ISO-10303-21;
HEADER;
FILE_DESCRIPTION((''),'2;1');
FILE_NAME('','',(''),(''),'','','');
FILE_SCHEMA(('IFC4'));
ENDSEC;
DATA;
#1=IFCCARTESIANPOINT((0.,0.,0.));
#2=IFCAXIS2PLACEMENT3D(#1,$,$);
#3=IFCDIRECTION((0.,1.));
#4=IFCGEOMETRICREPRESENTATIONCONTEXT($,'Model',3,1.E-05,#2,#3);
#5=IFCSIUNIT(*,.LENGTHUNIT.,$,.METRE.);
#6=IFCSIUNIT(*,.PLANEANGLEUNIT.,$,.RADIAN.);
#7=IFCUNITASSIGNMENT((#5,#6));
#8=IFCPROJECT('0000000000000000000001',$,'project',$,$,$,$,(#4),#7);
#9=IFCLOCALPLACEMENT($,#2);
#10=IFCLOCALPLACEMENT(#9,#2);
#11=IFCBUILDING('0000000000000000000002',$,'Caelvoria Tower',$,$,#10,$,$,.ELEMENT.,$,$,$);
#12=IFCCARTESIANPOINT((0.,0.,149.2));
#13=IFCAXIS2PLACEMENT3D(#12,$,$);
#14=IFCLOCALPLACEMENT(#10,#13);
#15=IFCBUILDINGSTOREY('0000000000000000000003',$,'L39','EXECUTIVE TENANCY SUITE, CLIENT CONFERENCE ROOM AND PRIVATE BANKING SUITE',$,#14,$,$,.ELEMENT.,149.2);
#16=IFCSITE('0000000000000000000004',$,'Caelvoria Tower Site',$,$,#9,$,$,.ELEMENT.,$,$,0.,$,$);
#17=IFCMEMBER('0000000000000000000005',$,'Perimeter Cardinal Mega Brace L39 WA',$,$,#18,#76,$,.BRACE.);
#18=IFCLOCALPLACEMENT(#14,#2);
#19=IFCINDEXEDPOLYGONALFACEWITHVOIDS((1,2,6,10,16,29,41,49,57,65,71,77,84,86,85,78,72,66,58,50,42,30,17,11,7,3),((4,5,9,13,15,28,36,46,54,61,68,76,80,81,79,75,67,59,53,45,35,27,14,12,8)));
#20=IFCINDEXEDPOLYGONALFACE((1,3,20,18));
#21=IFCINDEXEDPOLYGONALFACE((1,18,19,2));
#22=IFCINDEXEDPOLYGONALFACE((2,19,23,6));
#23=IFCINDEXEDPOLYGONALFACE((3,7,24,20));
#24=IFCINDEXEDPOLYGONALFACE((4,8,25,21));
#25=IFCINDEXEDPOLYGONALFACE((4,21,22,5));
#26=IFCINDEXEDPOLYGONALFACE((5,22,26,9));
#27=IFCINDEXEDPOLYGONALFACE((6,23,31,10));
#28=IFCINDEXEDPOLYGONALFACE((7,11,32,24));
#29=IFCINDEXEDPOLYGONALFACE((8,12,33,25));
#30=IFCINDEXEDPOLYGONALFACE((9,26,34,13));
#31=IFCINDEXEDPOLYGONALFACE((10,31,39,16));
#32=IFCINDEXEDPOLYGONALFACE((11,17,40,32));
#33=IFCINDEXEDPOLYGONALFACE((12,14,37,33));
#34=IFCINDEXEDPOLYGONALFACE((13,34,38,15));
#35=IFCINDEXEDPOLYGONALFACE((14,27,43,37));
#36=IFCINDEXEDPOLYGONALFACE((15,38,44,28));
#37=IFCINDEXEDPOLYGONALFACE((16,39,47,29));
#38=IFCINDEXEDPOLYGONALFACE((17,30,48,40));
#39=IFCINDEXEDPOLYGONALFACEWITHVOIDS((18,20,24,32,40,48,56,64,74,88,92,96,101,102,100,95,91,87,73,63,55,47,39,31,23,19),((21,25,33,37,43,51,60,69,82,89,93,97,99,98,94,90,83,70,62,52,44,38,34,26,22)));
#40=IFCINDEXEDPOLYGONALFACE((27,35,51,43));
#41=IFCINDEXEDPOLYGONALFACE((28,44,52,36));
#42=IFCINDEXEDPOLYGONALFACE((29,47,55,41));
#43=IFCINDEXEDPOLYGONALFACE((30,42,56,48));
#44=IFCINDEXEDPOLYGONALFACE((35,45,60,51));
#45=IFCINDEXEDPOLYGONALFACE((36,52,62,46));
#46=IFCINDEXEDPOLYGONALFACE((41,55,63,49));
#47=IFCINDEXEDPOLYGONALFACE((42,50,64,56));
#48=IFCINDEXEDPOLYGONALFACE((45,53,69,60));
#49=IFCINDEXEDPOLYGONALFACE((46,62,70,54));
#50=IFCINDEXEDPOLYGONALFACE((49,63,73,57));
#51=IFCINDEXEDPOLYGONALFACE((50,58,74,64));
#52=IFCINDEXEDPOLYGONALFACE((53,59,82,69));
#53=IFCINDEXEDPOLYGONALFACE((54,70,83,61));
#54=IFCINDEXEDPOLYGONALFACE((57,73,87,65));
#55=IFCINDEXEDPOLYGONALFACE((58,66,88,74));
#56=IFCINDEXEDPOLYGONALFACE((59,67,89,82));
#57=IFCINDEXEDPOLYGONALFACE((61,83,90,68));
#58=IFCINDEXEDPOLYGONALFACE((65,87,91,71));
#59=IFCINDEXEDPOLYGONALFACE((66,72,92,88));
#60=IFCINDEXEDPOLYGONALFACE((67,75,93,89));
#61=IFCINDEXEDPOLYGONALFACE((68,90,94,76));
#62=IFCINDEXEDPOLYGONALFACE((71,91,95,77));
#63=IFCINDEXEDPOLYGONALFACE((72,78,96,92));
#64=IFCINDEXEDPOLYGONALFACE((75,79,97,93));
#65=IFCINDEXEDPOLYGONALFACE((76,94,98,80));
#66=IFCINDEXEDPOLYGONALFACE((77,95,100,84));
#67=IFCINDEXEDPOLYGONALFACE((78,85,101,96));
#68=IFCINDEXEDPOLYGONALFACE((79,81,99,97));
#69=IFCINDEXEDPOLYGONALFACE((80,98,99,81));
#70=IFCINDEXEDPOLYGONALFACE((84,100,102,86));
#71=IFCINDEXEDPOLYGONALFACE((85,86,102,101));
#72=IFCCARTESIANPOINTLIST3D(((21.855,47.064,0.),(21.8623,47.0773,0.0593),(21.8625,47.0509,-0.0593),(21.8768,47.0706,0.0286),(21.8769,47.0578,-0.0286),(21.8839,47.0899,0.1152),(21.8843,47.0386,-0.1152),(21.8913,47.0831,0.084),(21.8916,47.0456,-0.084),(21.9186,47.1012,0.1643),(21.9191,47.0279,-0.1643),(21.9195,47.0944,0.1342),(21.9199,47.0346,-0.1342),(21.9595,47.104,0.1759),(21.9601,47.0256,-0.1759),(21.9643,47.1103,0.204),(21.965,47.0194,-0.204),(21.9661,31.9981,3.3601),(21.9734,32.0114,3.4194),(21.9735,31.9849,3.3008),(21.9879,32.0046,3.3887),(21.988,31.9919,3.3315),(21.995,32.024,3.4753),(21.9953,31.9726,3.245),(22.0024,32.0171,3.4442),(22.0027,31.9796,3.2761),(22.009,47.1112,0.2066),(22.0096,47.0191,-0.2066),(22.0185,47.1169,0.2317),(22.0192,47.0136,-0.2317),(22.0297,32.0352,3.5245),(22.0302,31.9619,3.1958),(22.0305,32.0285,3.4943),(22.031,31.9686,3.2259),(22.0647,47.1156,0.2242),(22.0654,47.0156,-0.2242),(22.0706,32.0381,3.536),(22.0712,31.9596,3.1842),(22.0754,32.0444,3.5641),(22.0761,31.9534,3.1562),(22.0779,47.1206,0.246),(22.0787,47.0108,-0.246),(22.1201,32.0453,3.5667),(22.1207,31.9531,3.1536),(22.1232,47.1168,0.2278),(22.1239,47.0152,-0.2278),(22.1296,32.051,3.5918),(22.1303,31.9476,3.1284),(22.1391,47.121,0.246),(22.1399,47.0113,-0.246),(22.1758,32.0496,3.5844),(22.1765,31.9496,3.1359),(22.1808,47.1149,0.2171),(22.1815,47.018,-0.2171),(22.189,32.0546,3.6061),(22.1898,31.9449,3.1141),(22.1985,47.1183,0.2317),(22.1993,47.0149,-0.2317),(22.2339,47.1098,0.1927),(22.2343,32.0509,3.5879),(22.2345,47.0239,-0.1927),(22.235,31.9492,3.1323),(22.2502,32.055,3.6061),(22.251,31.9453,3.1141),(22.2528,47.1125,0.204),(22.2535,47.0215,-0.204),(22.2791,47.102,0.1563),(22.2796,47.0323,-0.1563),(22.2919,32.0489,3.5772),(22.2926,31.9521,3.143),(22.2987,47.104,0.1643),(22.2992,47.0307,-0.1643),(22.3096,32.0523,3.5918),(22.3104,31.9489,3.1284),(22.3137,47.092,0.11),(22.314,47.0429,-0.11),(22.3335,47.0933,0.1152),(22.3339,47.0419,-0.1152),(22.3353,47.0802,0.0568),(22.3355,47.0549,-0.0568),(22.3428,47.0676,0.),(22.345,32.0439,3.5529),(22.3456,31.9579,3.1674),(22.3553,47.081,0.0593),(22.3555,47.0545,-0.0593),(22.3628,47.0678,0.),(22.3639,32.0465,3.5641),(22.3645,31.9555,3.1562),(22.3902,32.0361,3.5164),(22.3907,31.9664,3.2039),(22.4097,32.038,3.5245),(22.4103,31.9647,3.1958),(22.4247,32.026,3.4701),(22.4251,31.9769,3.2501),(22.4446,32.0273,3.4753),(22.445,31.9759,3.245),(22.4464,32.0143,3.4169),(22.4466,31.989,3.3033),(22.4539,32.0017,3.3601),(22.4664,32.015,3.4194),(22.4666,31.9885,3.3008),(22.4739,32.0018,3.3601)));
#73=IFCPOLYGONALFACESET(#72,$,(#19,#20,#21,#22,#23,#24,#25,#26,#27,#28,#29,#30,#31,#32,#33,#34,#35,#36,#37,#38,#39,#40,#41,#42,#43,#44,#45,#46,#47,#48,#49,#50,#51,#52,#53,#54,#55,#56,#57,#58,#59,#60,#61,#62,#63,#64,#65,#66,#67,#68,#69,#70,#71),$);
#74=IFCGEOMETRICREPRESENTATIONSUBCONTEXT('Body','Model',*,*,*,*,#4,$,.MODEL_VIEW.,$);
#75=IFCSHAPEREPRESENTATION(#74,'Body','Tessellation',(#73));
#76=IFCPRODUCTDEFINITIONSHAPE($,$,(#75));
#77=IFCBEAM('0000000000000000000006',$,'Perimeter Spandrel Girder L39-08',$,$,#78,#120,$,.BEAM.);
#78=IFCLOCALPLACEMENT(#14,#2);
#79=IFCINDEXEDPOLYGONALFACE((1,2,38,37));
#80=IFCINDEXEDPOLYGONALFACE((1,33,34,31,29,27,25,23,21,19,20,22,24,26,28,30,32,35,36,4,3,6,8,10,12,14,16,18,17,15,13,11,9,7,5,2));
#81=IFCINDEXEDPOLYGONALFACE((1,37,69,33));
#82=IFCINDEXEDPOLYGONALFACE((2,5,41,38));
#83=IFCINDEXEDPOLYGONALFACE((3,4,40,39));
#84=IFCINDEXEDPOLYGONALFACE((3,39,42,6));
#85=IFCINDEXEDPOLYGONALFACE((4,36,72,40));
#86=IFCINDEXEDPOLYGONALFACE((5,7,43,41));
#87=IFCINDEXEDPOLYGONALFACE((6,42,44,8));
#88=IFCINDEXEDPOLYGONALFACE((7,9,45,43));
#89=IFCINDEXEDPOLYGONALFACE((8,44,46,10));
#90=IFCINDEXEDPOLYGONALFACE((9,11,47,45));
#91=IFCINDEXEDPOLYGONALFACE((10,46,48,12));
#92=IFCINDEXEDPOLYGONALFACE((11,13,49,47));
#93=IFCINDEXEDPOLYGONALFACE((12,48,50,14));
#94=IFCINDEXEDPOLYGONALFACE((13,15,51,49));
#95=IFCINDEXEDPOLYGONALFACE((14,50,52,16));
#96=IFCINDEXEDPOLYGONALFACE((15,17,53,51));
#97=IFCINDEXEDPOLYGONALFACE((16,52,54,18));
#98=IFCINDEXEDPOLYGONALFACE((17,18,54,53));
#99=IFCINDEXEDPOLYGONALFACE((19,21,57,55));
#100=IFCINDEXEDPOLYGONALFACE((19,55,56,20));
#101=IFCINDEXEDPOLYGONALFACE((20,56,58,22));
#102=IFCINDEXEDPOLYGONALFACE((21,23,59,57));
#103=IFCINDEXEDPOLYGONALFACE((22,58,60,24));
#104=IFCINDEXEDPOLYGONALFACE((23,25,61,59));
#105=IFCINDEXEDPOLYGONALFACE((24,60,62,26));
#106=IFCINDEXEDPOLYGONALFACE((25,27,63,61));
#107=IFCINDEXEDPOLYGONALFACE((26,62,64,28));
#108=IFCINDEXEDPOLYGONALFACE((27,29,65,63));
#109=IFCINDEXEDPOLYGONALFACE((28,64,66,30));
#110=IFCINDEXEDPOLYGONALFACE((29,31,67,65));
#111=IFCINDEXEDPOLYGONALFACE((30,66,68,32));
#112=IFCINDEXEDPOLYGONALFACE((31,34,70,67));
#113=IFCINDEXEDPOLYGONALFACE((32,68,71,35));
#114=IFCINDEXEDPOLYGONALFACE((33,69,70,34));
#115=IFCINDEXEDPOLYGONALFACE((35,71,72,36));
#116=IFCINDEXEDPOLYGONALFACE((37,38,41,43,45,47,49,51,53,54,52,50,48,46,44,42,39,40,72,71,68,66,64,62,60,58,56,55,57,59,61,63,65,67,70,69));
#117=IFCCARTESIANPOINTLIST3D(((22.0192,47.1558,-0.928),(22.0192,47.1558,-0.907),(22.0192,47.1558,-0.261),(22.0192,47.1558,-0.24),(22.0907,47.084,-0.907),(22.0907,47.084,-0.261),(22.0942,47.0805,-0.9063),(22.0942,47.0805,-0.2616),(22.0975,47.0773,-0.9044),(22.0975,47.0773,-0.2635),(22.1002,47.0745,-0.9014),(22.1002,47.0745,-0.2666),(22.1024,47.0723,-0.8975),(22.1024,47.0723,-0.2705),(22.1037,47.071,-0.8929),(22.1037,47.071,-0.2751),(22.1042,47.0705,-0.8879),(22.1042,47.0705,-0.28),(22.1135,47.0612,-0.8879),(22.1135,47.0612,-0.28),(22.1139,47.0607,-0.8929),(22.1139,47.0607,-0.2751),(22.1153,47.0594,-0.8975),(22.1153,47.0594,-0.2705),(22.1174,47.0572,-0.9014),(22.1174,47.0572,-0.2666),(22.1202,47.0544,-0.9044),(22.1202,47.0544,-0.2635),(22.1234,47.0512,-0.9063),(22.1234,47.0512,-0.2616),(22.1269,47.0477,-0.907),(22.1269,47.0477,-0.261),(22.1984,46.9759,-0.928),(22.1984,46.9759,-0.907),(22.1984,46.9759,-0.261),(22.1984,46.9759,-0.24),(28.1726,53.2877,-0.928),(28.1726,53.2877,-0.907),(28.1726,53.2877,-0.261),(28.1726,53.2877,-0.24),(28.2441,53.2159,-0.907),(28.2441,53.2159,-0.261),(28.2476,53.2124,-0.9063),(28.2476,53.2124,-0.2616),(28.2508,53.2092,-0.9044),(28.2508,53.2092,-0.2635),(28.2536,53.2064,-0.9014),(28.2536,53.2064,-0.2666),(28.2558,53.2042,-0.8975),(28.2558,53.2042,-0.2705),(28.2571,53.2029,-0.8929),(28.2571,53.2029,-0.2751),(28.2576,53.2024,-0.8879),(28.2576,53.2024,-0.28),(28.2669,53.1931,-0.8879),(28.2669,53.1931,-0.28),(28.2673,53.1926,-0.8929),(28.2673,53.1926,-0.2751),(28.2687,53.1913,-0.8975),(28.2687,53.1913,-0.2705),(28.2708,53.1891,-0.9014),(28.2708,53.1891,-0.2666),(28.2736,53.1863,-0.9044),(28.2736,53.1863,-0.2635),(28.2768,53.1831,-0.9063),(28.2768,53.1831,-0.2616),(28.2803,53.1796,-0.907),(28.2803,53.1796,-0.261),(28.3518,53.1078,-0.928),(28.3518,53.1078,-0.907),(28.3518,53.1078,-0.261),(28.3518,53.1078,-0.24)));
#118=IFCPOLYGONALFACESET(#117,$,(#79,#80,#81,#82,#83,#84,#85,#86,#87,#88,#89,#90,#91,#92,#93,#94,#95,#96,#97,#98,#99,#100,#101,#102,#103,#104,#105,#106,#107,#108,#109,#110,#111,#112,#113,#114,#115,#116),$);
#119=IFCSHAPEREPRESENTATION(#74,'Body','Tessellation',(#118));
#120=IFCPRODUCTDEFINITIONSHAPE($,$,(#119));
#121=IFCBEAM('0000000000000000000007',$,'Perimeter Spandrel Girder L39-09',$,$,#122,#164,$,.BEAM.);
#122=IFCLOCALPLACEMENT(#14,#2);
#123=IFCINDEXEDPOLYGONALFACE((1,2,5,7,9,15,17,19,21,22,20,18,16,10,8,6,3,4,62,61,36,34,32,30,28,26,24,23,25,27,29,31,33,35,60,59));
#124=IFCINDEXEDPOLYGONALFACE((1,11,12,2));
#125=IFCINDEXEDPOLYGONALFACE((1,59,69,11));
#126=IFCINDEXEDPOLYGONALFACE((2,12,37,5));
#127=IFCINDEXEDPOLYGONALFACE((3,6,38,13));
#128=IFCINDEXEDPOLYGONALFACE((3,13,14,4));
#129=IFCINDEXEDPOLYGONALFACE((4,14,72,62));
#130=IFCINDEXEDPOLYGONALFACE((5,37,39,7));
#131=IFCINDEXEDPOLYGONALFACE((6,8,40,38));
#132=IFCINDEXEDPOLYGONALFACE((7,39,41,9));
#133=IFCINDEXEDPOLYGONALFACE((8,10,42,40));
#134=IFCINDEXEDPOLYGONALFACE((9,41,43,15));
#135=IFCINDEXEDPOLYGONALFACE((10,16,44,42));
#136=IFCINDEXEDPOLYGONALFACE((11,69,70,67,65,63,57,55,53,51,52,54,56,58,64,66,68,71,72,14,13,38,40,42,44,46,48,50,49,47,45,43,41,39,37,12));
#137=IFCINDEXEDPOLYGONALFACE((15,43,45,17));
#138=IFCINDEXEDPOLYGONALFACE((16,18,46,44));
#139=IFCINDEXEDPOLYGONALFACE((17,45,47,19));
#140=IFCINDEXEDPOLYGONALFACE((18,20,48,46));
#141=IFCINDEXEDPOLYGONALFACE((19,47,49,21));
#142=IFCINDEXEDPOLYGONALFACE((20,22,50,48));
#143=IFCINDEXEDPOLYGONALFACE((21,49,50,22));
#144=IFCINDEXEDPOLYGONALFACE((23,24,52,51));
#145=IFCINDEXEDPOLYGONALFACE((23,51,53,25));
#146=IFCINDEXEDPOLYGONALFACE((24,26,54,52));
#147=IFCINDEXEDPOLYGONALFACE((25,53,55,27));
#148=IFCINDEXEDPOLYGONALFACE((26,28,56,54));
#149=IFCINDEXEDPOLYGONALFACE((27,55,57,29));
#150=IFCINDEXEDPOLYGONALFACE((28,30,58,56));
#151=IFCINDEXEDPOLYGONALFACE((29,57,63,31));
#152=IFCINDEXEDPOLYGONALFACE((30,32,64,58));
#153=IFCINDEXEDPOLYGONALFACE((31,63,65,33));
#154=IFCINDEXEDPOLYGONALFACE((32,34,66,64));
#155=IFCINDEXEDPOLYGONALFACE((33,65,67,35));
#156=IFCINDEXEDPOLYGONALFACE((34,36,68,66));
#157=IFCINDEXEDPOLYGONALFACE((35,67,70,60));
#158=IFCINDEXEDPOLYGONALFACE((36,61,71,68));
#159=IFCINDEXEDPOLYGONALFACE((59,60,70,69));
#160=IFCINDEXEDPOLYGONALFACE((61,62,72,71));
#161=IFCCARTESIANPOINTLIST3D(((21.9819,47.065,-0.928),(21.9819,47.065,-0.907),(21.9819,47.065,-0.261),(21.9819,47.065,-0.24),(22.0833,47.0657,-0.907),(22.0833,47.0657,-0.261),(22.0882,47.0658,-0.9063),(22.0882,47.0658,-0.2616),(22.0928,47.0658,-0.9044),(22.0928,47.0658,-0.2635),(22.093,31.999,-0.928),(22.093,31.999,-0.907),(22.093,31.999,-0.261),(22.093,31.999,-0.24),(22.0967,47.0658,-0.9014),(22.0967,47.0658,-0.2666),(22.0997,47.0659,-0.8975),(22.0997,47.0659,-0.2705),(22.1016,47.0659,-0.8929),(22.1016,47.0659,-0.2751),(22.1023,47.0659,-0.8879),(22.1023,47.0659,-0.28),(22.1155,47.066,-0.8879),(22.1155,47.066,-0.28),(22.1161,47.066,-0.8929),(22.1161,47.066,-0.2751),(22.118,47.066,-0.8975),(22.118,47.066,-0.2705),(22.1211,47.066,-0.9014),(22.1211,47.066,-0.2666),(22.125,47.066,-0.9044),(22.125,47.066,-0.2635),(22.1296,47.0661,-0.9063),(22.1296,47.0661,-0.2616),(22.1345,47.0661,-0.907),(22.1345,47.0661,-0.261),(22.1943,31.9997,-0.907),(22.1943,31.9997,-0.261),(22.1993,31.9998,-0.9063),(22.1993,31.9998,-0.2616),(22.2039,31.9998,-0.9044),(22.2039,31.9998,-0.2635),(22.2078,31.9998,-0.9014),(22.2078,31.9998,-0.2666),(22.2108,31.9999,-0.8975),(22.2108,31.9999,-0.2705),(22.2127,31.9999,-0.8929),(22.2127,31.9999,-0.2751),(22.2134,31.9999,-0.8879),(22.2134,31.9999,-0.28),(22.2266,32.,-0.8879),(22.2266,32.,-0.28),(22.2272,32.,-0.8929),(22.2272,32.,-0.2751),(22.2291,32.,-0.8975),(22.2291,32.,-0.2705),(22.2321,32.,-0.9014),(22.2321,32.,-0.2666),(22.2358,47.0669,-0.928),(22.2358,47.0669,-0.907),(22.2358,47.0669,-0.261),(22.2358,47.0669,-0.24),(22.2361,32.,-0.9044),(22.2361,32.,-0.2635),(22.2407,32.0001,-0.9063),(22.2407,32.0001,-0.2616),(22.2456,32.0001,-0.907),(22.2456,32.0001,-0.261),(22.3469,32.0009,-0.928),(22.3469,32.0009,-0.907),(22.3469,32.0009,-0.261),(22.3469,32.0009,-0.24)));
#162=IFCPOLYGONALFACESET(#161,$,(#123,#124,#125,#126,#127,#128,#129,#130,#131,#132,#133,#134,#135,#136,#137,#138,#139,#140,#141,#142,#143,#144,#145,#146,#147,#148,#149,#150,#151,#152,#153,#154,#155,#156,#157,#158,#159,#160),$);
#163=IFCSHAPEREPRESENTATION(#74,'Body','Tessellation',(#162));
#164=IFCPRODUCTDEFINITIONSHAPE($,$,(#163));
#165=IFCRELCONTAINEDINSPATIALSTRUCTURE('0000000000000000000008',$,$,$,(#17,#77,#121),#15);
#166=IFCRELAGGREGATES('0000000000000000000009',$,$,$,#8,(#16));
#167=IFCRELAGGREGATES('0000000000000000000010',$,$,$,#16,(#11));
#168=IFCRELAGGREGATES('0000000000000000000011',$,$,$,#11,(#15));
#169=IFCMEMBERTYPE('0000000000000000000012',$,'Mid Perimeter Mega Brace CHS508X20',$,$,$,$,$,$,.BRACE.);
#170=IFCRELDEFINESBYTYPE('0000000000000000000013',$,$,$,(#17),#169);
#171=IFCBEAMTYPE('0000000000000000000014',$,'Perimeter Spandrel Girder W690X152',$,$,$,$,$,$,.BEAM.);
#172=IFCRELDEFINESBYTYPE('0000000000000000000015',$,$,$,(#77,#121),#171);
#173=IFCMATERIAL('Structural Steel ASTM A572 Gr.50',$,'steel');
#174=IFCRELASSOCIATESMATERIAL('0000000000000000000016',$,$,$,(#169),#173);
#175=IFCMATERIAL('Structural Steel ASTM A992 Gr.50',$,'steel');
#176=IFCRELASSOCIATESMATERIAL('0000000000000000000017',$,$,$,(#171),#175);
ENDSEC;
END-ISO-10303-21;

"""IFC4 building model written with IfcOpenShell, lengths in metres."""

from ifc_helpers import new_model, si_unit, direction, frame, origin, origin_2d, place, context, subcontext, project, spatial, hollow_circle, i_section, extrude, material, material_profile, profile_set, type_object, element, save


model = new_model("IFC4")

# Units and contexts
model_context = context("Model", 3, precision=1e-05, world=origin(), true_north=direction((0.0, 1.0)))
body_context = subcontext(model_context, "Body", "Model", "MODEL_VIEW")
ifc_project = project(units=[si_unit("LENGTHUNIT", "METRE"), si_unit("PLANEANGLEUNIT", "RADIAN")], contexts=[model_context])

# Site, building, storey
site_placement = place(None, origin())
site = spatial("IfcSite", under=ifc_project, at=site_placement, Name="Caelvoria Tower Site", CompositionType="ELEMENT", RefElevation=0.0)
building_placement = place(site_placement, origin())
building = spatial("IfcBuilding", under=site, at=building_placement, Name="Caelvoria Tower", CompositionType="ELEMENT")
storey_placement = place(building_placement, frame((0.0, 0.0, 149.2)))
storey = spatial("IfcBuildingStorey", under=building, at=storey_placement, Name="L39", Description="EXECUTIVE TENANCY SUITE, CLIENT CONFERENCE ROOM AND PRIVATE BANKING SUITE", CompositionType="ELEMENT", Elevation=149.2)

# Shared definitions
ifc_material_1 = material(Name="Structural Steel ASTM A572 Gr.50", Category="steel")

# Member
ifc_material_profile_1 = material_profile(ifc_material_1, hollow_circle(Radius=0.2539, WallThickness=0.02, at=origin_2d()), Name="Structural Steel ASTM A572 Gr.50")
ifc_profile_set_1 = profile_set([ifc_material_profile_1], Name="CHS508X20 - Structural Steel ASTM A572 Gr.50")
member_type = type_object("IfcMemberType", Name="Mid Perimeter Mega Brace CHS508X20", PredefinedType="BRACE", material=ifc_profile_set_1)
member_1_placement = place(storey_placement, frame((22.1089, 47.0659, 0.0), z_axis=(0.007196, -0.975995, 0.217673), x_axis=(0.999973, 0.007373, 0.0)))
element("IfcMember", 1, at=member_1_placement, inside=storey, type_object=member_type, Name="Perimeter Cardinal Mega Brace L39 WA", PredefinedType="BRACE", context=body_context, shape_type="SweptSolid", body=[
    extrude(hollow_circle(Radius=0.2539, WallThickness=0.02, at=origin_2d()), origin(), (0.0, 0.0, 1.0), 15.4365),
])

# Beams
ifc_material_2 = material(Name="Structural Steel ASTM A992 Gr.50", Category="steel")
ifc_material_profile_2 = material_profile(ifc_material_2, i_section(OverallWidth=0.2539, OverallDepth=0.688, WebThickness=0.0132, FlangeThickness=0.021, FilletRadius=0.019, at=origin_2d()), Name="Structural Steel ASTM A992 Gr.50")
ifc_profile_set_2 = profile_set([ifc_material_profile_2], Name="W690X152 - Structural Steel ASTM A992 Gr.50")
beam_type_1 = type_object("IfcBeamType", Name="Perimeter Spandrel Girder W690X152", PredefinedType="BEAM", material=ifc_profile_set_2)
beam_1_placement = place(storey_placement, frame((28.2622, 53.1978, -0.584), z_axis=(-0.708342, -0.705869, 0.0), x_axis=(0.705869, -0.708342, 0.0)))
element("IfcBeam", 2, at=beam_1_placement, inside=storey, type_object=beam_type_1, Name="Perimeter Spandrel Girder L39-08", PredefinedType="BEAM", context=body_context, shape_type="SweptSolid", body=[
    extrude(i_section(OverallWidth=0.2539, OverallDepth=0.688, WebThickness=0.0132, FlangeThickness=0.021, FilletRadius=0.019, at=origin_2d()), origin(), (0.0, 0.0, 1.0), 8.687),
])
beam_2_placement = place(storey_placement, frame((22.1089, 47.0659, -0.584), z_axis=(0.007373, -0.999973, 0.0), x_axis=(0.999973, 0.007373, 0.0)))
element("IfcBeam", 3, at=beam_2_placement, inside=storey, type_object=beam_type_1, Name="Perimeter Spandrel Girder L39-09", PredefinedType="BEAM", context=body_context, shape_type="SweptSolid", body=[
    extrude(i_section(OverallWidth=0.2539, OverallDepth=0.688, WebThickness=0.0132, FlangeThickness=0.021, FilletRadius=0.019, at=origin_2d()), origin(), (0.0, 0.0, 1.0), 15.0664),
])

save(model, "model.ifc")
